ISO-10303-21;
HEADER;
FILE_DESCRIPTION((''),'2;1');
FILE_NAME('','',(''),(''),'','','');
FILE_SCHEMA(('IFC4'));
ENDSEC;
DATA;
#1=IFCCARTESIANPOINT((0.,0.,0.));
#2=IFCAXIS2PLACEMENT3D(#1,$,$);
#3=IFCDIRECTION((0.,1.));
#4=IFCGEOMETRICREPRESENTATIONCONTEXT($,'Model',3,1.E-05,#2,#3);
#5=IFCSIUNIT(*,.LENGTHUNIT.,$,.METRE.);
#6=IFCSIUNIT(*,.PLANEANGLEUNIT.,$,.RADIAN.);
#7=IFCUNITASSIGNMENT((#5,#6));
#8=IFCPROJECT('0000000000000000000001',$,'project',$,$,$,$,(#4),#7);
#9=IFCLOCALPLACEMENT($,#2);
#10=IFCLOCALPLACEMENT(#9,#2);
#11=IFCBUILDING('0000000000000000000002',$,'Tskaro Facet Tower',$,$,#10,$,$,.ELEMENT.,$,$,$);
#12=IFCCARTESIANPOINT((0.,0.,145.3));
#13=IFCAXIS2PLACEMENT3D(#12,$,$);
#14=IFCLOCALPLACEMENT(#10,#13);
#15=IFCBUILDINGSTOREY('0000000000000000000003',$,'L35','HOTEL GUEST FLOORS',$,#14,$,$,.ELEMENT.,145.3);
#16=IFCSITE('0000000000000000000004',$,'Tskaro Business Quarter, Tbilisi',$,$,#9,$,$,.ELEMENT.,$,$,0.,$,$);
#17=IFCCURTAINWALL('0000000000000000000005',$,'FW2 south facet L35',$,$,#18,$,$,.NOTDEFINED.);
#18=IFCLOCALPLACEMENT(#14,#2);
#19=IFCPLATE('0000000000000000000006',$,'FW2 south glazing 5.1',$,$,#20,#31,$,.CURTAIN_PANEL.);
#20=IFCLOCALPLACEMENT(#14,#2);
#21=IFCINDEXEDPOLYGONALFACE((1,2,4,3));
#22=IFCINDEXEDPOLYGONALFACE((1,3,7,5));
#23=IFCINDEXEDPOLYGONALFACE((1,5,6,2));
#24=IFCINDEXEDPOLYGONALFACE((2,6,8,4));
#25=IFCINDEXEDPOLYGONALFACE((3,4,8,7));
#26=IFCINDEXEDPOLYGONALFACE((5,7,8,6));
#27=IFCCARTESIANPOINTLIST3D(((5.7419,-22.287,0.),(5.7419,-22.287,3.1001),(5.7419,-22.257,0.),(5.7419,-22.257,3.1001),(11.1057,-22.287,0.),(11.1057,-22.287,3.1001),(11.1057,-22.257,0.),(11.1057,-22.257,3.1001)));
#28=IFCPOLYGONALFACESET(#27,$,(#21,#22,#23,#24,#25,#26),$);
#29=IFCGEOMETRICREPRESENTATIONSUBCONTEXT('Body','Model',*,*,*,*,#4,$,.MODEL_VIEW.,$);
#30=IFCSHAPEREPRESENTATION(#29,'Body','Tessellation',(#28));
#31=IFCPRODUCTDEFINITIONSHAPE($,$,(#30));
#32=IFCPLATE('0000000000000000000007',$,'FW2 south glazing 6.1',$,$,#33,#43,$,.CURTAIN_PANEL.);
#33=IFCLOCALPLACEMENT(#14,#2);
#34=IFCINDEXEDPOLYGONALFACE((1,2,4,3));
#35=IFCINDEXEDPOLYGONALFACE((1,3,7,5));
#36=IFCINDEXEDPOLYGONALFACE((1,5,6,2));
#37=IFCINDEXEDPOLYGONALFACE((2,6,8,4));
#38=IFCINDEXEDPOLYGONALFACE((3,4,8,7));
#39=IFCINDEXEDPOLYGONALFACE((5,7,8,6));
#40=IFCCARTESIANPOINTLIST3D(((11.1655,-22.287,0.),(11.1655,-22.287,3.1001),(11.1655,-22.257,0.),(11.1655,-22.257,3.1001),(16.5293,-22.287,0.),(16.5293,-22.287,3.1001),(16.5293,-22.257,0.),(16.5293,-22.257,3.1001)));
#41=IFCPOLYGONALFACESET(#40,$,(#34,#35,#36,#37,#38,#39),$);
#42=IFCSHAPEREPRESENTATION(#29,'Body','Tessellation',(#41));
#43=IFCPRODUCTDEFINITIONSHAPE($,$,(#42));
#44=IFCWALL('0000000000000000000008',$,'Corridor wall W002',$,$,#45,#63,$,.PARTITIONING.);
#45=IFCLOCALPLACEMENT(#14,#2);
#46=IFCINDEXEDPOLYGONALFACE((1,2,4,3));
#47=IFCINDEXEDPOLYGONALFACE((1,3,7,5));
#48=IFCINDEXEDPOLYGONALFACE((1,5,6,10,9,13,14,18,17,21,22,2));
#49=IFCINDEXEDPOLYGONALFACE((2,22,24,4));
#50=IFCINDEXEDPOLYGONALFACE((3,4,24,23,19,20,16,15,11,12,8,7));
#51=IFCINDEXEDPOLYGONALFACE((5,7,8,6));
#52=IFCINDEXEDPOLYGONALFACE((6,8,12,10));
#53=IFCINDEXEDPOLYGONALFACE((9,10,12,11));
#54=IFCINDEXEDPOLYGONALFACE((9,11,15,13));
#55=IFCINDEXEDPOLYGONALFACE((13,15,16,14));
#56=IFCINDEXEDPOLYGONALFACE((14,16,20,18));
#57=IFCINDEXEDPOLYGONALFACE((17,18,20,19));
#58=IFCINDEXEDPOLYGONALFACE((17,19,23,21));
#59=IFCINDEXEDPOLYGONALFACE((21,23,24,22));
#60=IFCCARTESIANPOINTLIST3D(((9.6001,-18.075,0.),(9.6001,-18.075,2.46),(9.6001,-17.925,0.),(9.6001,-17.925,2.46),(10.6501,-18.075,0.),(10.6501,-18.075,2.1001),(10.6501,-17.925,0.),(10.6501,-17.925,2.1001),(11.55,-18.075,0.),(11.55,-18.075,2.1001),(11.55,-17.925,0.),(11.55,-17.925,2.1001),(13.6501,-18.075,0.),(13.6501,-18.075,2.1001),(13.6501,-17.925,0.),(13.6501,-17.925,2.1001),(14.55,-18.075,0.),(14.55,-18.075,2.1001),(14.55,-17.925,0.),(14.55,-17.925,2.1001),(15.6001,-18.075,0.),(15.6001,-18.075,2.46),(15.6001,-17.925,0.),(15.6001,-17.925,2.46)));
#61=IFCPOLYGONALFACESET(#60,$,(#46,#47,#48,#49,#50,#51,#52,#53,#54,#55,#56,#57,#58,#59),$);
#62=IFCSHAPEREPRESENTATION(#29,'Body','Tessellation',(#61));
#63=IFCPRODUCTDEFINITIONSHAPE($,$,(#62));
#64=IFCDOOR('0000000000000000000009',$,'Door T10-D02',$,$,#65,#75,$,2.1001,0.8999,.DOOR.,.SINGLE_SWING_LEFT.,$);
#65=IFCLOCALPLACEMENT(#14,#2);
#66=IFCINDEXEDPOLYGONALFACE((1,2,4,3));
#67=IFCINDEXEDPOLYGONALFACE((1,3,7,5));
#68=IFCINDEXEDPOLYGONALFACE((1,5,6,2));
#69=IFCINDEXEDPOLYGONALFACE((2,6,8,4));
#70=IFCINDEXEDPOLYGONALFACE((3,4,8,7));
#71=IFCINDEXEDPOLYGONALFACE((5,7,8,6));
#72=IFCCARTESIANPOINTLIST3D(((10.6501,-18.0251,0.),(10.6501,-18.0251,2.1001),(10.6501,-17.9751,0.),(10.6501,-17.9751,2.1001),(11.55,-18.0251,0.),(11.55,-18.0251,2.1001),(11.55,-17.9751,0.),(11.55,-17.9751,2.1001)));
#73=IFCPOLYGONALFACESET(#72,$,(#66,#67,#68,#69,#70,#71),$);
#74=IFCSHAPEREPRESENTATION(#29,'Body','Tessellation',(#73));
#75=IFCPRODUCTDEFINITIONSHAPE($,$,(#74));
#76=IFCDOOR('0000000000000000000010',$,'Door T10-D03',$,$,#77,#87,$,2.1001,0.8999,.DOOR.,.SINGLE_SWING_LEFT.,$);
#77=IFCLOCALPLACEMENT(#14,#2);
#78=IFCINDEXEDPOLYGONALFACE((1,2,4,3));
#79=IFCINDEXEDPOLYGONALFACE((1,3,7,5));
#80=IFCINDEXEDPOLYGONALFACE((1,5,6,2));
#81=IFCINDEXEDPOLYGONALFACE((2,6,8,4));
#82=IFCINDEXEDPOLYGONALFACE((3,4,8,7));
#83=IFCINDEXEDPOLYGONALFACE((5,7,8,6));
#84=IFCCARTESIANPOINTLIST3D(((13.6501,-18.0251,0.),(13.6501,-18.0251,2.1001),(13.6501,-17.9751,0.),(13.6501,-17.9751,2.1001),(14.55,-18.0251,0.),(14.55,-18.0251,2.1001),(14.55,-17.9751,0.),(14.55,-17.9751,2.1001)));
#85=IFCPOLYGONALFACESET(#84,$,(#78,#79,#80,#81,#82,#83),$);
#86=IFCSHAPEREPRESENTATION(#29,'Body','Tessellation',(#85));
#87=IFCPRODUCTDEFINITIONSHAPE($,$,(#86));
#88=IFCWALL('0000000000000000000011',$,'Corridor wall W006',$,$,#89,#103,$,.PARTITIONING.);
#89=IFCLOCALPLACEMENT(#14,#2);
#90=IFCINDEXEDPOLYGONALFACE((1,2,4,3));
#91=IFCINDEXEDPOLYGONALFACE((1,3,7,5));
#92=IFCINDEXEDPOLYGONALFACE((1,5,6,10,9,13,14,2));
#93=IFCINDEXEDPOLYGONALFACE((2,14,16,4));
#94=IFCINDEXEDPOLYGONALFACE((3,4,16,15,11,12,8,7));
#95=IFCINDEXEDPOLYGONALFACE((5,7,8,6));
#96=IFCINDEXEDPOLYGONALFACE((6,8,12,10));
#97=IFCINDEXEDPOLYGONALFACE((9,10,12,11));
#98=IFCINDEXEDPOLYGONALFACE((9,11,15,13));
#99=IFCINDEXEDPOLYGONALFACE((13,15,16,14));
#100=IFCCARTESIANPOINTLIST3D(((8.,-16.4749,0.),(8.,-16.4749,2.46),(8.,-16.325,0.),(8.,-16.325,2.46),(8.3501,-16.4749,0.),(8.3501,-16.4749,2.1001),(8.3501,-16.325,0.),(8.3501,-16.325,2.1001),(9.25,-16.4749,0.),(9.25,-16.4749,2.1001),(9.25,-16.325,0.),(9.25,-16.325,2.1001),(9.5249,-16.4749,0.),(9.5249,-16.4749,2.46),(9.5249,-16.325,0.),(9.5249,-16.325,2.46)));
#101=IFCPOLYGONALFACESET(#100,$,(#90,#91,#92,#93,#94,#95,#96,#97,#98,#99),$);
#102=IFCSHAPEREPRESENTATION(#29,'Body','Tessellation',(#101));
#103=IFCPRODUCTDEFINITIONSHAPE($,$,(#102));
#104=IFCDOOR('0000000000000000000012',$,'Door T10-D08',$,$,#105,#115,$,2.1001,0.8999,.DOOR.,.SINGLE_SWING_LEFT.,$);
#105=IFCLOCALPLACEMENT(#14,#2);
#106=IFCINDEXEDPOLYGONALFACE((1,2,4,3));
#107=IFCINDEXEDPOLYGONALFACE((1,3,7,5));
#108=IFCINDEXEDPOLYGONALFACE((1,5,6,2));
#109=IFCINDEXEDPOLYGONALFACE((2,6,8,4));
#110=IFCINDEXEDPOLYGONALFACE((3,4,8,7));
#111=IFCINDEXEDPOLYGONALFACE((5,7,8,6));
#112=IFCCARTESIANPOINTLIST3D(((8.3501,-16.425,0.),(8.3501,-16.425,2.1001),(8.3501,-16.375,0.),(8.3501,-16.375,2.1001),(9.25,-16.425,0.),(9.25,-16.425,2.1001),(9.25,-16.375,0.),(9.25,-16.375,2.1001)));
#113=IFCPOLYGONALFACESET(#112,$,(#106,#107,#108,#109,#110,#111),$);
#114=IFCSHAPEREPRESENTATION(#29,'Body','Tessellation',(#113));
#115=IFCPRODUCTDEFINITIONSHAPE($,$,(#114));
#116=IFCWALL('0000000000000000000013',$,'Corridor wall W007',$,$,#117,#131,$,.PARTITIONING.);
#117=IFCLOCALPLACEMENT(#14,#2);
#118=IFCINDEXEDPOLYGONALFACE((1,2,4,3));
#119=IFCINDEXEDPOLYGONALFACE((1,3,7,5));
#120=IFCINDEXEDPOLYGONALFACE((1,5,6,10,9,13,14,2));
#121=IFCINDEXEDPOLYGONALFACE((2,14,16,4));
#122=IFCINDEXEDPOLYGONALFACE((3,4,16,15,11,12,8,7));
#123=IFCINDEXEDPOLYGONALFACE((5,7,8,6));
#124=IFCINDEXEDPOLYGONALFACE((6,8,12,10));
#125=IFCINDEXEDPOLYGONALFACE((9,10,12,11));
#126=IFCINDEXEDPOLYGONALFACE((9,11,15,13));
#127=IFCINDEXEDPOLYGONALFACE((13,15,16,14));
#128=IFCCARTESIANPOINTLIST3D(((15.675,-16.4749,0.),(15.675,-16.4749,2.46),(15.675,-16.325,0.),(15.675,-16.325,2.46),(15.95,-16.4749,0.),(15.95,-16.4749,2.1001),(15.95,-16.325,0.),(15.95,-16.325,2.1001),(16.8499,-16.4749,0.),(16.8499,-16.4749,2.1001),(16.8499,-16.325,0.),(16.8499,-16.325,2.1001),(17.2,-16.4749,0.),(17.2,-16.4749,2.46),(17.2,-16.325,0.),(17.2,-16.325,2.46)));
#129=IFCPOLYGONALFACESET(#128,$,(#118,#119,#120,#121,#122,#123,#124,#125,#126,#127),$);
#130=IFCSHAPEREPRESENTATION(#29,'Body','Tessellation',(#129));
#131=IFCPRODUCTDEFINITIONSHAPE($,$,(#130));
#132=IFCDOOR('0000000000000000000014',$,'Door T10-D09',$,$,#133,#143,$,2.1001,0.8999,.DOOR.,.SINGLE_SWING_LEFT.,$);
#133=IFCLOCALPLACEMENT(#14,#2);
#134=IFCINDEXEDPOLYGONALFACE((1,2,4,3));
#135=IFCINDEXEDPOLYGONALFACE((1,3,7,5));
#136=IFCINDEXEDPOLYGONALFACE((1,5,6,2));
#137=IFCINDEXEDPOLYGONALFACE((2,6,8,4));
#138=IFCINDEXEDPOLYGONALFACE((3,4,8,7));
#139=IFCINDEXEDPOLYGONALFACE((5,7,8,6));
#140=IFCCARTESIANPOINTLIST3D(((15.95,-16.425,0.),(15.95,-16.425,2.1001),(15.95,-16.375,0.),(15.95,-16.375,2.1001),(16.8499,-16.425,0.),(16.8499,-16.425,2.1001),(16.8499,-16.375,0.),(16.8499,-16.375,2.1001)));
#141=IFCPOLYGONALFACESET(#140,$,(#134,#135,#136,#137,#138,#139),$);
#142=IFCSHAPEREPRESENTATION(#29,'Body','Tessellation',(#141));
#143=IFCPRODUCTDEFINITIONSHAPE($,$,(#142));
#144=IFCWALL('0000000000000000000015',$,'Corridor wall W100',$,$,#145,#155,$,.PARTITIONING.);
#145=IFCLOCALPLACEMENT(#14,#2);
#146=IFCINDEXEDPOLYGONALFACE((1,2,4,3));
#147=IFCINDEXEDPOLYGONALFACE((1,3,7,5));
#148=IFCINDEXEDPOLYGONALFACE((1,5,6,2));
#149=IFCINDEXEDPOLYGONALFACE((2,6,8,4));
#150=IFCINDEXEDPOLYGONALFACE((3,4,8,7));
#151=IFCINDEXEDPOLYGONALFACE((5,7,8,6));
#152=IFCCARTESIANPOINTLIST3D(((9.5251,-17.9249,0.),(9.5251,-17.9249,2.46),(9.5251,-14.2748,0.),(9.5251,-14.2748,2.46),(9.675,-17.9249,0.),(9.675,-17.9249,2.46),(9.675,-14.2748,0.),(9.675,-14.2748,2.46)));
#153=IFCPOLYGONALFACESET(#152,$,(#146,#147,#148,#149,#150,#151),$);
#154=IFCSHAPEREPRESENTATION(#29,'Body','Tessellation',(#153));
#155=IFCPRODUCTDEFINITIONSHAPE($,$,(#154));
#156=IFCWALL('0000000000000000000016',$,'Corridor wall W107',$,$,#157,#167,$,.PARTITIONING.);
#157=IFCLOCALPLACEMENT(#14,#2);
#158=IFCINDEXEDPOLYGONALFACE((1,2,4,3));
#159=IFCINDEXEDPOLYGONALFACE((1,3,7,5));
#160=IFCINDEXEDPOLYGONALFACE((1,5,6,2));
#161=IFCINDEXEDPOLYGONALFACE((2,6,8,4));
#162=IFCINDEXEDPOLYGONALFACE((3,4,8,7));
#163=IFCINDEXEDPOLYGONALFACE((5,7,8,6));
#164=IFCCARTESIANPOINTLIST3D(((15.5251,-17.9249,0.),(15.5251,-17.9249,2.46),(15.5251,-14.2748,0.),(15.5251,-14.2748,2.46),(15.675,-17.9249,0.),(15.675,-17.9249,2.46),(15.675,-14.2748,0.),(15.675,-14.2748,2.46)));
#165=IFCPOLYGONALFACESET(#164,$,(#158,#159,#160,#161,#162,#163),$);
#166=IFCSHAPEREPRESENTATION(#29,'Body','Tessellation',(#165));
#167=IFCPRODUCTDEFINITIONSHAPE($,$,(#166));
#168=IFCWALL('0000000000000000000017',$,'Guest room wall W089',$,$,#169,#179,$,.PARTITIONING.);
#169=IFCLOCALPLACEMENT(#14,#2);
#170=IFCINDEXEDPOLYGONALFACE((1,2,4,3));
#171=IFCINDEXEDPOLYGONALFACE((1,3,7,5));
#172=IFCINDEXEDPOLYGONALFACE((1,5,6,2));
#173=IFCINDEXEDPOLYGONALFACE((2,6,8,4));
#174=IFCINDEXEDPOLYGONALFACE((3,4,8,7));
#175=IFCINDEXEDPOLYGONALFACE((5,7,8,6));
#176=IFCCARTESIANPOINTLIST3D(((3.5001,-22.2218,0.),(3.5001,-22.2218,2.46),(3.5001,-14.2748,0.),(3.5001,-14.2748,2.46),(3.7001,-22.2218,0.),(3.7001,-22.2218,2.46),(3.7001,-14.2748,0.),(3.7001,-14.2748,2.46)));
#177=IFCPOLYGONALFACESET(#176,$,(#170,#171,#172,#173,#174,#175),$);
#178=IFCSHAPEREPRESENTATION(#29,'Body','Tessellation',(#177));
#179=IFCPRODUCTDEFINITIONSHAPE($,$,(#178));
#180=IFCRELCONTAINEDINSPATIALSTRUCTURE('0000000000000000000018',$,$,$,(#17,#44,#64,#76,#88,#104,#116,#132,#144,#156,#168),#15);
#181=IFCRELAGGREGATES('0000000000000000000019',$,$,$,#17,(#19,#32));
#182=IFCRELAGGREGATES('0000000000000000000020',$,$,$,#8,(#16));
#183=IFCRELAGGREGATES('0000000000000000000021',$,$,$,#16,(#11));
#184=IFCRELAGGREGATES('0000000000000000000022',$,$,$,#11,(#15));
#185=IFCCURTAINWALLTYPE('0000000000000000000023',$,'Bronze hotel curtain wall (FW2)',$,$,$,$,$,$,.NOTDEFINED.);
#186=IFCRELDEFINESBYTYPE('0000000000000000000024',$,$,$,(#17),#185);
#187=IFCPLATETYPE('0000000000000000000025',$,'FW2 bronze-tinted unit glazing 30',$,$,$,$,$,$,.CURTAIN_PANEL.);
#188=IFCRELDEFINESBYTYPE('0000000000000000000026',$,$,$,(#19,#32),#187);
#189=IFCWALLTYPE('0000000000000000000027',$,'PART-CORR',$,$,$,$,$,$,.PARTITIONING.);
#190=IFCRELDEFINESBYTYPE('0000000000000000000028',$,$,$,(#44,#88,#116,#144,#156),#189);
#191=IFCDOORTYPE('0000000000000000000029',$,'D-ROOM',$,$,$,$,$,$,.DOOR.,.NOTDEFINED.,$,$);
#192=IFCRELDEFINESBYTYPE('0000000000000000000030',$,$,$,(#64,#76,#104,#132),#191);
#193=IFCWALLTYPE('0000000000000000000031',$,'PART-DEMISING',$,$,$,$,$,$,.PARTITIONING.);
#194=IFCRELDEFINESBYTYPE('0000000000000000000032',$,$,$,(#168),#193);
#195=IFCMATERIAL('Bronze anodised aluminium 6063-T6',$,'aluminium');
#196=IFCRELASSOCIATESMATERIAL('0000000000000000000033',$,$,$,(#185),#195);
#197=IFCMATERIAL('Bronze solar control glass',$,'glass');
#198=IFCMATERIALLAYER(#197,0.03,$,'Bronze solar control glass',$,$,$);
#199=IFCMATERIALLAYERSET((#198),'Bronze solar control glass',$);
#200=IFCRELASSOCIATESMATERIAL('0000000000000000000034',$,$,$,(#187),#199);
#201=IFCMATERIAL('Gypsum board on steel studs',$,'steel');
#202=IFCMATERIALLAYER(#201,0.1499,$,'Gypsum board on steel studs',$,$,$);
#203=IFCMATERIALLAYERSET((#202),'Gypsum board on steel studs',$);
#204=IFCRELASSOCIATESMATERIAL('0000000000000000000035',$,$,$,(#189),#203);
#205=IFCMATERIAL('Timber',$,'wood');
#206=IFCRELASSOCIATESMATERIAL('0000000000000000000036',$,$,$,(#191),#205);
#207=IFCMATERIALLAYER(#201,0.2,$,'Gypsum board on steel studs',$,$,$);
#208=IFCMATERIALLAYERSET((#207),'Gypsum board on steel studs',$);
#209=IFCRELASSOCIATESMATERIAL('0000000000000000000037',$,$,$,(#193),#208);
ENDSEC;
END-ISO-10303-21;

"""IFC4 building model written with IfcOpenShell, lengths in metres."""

from ifc_helpers import new_model, si_unit, direction, frame, frame_2d, origin, origin_2d, place, context, subcontext, project, spatial, rectangle, extrude, material, layer, layer_set, type_object, element, fill, aggregate, save


model = new_model("IFC4")

# Units and contexts
model_context = context("Model", 3, precision=1e-05, world=origin(), true_north=direction((0.0, 1.0)))
body_context = subcontext(model_context, "Body", "Model", "MODEL_VIEW")
ifc_project = project(units=[si_unit("LENGTHUNIT", "METRE"), si_unit("PLANEANGLEUNIT", "RADIAN")], contexts=[model_context])

# Site, building, storey
site_placement = place(None, origin())
site = spatial("IfcSite", under=ifc_project, at=site_placement, Name="Tskaro Business Quarter, Tbilisi", CompositionType="ELEMENT", RefElevation=0.0)
building_placement = place(site_placement, origin())
building = spatial("IfcBuilding", under=site, at=building_placement, Name="Tskaro Facet Tower", CompositionType="ELEMENT")
storey_placement = place(building_placement, frame((0.0, 0.0, 145.3)))
storey = spatial("IfcBuildingStorey", under=building, at=storey_placement, Name="L35", Description="HOTEL GUEST FLOORS", CompositionType="ELEMENT", Elevation=145.3)

# Curtain wall
ifc_material_1 = material(Name="Bronze anodised aluminium 6063-T6", Category="aluminium")
curtain_wall_type = type_object("IfcCurtainWallType", Name="Bronze hotel curtain wall (FW2)", PredefinedType="NOTDEFINED", material=ifc_material_1)
curtain_wall_placement = place(storey_placement, origin())
curtain_wall = element("IfcCurtainWall", 1, at=curtain_wall_placement, inside=storey, type_object=curtain_wall_type, Name="FW2 south facet L35", PredefinedType="NOTDEFINED")

# Plates
ifc_material_2 = material(Name="Bronze solar control glass", Category="glass")
ifc_layer_1 = layer(ifc_material_2, 0.03, Name="Bronze solar control glass")
ifc_layer_set_1 = layer_set([ifc_layer_1], Name="Bronze solar control glass")
plate_type = type_object("IfcPlateType", Name="FW2 bronze-tinted unit glazing 30", PredefinedType="CURTAIN_PANEL", material=ifc_layer_set_1)
plate_1_placement = place(storey_placement, frame((8.4238, -22.272, 0.0), z_axis=(0.0, 0.0, 1.0), x_axis=(1.0, 0.0, 0.0)))
plate_1 = element("IfcPlate", 2, at=plate_1_placement, type_object=plate_type, Name="FW2 south glazing 5.1", PredefinedType="CURTAIN_PANEL", context=body_context, shape_type="SweptSolid", body=[
    extrude(rectangle(XDim=5.3638, YDim=0.03, at=origin_2d()), origin(), (0.0, 0.0, 1.0), 3.1001),
])
plate_2_placement = place(storey_placement, frame((13.8474, -22.272, 0.0), z_axis=(0.0, 0.0, 1.0), x_axis=(1.0, 0.0, 0.0)))
plate_2 = element("IfcPlate", 3, at=plate_2_placement, type_object=plate_type, Name="FW2 south glazing 6.1", PredefinedType="CURTAIN_PANEL", context=body_context, shape_type="SweptSolid", body=[
    extrude(rectangle(XDim=5.3638, YDim=0.03, at=origin_2d()), origin(), (0.0, 0.0, 1.0), 3.1001),
])
aggregate(curtain_wall, [plate_1, plate_2])

# Wall, openings, doors
ifc_material_3 = material(Name="Gypsum board on steel studs", Category="steel")
ifc_layer_2 = layer(ifc_material_3, 0.1499, Name="Gypsum board on steel studs")
ifc_layer_set_2 = layer_set([ifc_layer_2], Name="Gypsum board on steel studs")
wall_type_1 = type_object("IfcWallType", Name="PART-CORR", PredefinedType="PARTITIONING", material=ifc_layer_set_2)
wall_1_placement = place(storey_placement, frame((9.6001, -18.0, 0.0), z_axis=(0.0, 0.0, 1.0), x_axis=(1.0, 0.0, 0.0)))
wall_1 = element("IfcWall", 4, at=wall_1_placement, inside=storey, type_object=wall_type_1, Name="Corridor wall W002", PredefinedType="PARTITIONING", context=body_context, shape_type="SweptSolid", body=[
    extrude(rectangle(XDim=6.0, YDim=0.1499, at=frame_2d((3.0, 0.0))), origin(), (0.0, 0.0, 1.0), 2.46),
])
opening_1_placement = place(wall_1_placement, frame((1.05, 0.0, 0.0)))
opening_1 = element("IfcOpeningElement", 5, at=opening_1_placement, cuts=wall_1, PredefinedType="OPENING", context=body_context, shape_type="SweptSolid", body=[
    extrude(rectangle(XDim=0.8999, YDim=2.1001, at=frame_2d((0.45, 1.05))), frame((0.0, 0.085, 0.0), z_axis=(0.0, -1.0, 0.0), x_axis=(1.0, 0.0, 0.0)), (0.0, 0.0, 1.0), 0.1699),
])
opening_2_placement = place(wall_1_placement, frame((4.05, 0.0, 0.0)))
opening_2 = element("IfcOpeningElement", 6, at=opening_2_placement, cuts=wall_1, PredefinedType="OPENING", context=body_context, shape_type="SweptSolid", body=[
    extrude(rectangle(XDim=0.8999, YDim=2.1001, at=frame_2d((0.45, 1.05))), frame((0.0, 0.085, 0.0), z_axis=(0.0, -1.0, 0.0), x_axis=(1.0, 0.0, 0.0)), (0.0, 0.0, 1.0), 0.1699),
])
ifc_material_4 = material(Name="Timber", Category="wood")
door_type = type_object("IfcDoorType", Name="D-ROOM", OperationType="NOTDEFINED", PredefinedType="DOOR", material=ifc_material_4)
door_1_placement = place(opening_1_placement, origin())
door_1 = element("IfcDoor", 7, at=door_1_placement, inside=storey, type_object=door_type, Name="Door T10-D02", OperationType="SINGLE_SWING_LEFT", OverallHeight=2.1001, OverallWidth=0.8999, PredefinedType="DOOR", context=body_context, shape_type="SweptSolid", body=[
    extrude(rectangle(XDim=0.8999, YDim=2.1001, at=frame_2d((0.45, 1.05))), frame((0.0, 0.0249, 0.0), z_axis=(0.0, -1.0, 0.0), x_axis=(1.0, 0.0, 0.0)), (0.0, 0.0, 1.0), 0.05),
])
fill(opening_1, door_1)
door_2_placement = place(opening_2_placement, origin())
door_2 = element("IfcDoor", 8, at=door_2_placement, inside=storey, type_object=door_type, Name="Door T10-D03", OperationType="SINGLE_SWING_LEFT", OverallHeight=2.1001, OverallWidth=0.8999, PredefinedType="DOOR", context=body_context, shape_type="SweptSolid", body=[
    extrude(rectangle(XDim=0.8999, YDim=2.1001, at=frame_2d((0.45, 1.05))), frame((0.0, 0.0249, 0.0), z_axis=(0.0, -1.0, 0.0), x_axis=(1.0, 0.0, 0.0)), (0.0, 0.0, 1.0), 0.05),
])
fill(opening_2, door_2)

# Walls, openings, doors
wall_2_placement = place(storey_placement, frame((8.0, -16.3999, 0.0), z_axis=(0.0, 0.0, 1.0), x_axis=(1.0, 0.0, 0.0)))
wall_2 = element("IfcWall", 9, at=wall_2_placement, inside=storey, type_object=wall_type_1, Name="Corridor wall W006", PredefinedType="PARTITIONING", context=body_context, shape_type="SweptSolid", body=[
    extrude(rectangle(XDim=1.5249, YDim=0.1499, at=frame_2d((0.7625, 0.0))), origin(), (0.0, 0.0, 1.0), 2.46),
])
opening_3_placement = place(wall_2_placement, frame((0.3501, 0.0, 0.0)))
opening_3 = element("IfcOpeningElement", 10, at=opening_3_placement, cuts=wall_2, PredefinedType="OPENING", context=body_context, shape_type="SweptSolid", body=[
    extrude(rectangle(XDim=0.8999, YDim=2.1001, at=frame_2d((0.45, 1.05))), frame((0.0, 0.085, 0.0), z_axis=(0.0, -1.0, 0.0), x_axis=(1.0, 0.0, 0.0)), (0.0, 0.0, 1.0), 0.1699),
])
door_3_placement = place(opening_3_placement, origin())
door_3 = element("IfcDoor", 11, at=door_3_placement, inside=storey, type_object=door_type, Name="Door T10-D08", OperationType="SINGLE_SWING_LEFT", OverallHeight=2.1001, OverallWidth=0.8999, PredefinedType="DOOR", context=body_context, shape_type="SweptSolid", body=[
    extrude(rectangle(XDim=0.8999, YDim=2.1001, at=frame_2d((0.45, 1.05))), frame((0.0, 0.0249, 0.0), z_axis=(0.0, -1.0, 0.0), x_axis=(1.0, 0.0, 0.0)), (0.0, 0.0, 1.0), 0.05),
])
fill(opening_3, door_3)
wall_3_placement = place(storey_placement, frame((15.675, -16.3999, 0.0), z_axis=(0.0, 0.0, 1.0), x_axis=(1.0, 0.0, 0.0)))
wall_3 = element("IfcWall", 12, at=wall_3_placement, inside=storey, type_object=wall_type_1, Name="Corridor wall W007", PredefinedType="PARTITIONING", context=body_context, shape_type="SweptSolid", body=[
    extrude(rectangle(XDim=1.5249, YDim=0.1499, at=frame_2d((0.7625, 0.0))), origin(), (0.0, 0.0, 1.0), 2.46),
])
opening_4_placement = place(wall_3_placement, frame((0.2749, 0.0, 0.0)))
opening_4 = element("IfcOpeningElement", 13, at=opening_4_placement, cuts=wall_3, PredefinedType="OPENING", context=body_context, shape_type="SweptSolid", body=[
    extrude(rectangle(XDim=0.8999, YDim=2.1001, at=frame_2d((0.45, 1.05))), frame((0.0, 0.085, 0.0), z_axis=(0.0, -1.0, 0.0), x_axis=(1.0, 0.0, 0.0)), (0.0, 0.0, 1.0), 0.1699),
])
door_4_placement = place(opening_4_placement, origin())
door_4 = element("IfcDoor", 14, at=door_4_placement, inside=storey, type_object=door_type, Name="Door T10-D09", OperationType="SINGLE_SWING_LEFT", OverallHeight=2.1001, OverallWidth=0.8999, PredefinedType="DOOR", context=body_context, shape_type="SweptSolid", body=[
    extrude(rectangle(XDim=0.8999, YDim=2.1001, at=frame_2d((0.45, 1.05))), frame((0.0, 0.0249, 0.0), z_axis=(0.0, -1.0, 0.0), x_axis=(1.0, 0.0, 0.0)), (0.0, 0.0, 1.0), 0.05),
])
fill(opening_4, door_4)

# Walls
for number, where, z_axis, x_axis, name in (
    (15, (9.6001, -17.925, 0.0), (0.0, 0.0, 1.0), (0.0, 1.0, 0.0), "Corridor wall W100"),
    (16, (15.6001, -17.925, 0.0), (0.0, 0.0, 1.0), (0.0, 1.0, 0.0), "Corridor wall W107"),
):
    element("IfcWall", number, at=place(storey_placement, frame(where, z_axis=z_axis, x_axis=x_axis)), inside=storey, type_object=wall_type_1, Name=name, PredefinedType="PARTITIONING", context=body_context, shape_type="SweptSolid", body=[
        extrude(rectangle(XDim=3.6501, YDim=0.1499, at=frame_2d((1.8252, 0.0))), origin(), (0.0, 0.0, 1.0), 2.46),
    ])
ifc_layer_3 = layer(ifc_material_3, 0.2, Name="Gypsum board on steel studs")
ifc_layer_set_3 = layer_set([ifc_layer_3], Name="Gypsum board on steel studs")
wall_type_2 = type_object("IfcWallType", Name="PART-DEMISING", PredefinedType="PARTITIONING", material=ifc_layer_set_3)
for number, where, z_axis, x_axis, name in (
    (17, (3.6001, -22.2219, 0.0), (0.0, 0.0, 1.0), (0.0, 1.0, 0.0), "Guest room wall W089"),
):
    element("IfcWall", number, at=place(storey_placement, frame(where, z_axis=z_axis, x_axis=x_axis)), inside=storey, type_object=wall_type_2, Name=name, PredefinedType="PARTITIONING", context=body_context, shape_type="SweptSolid", body=[
        extrude(rectangle(XDim=7.947, YDim=0.2, at=frame_2d((3.9736, 0.0))), origin(), (0.0, 0.0, 1.0), 2.46),
    ])

save(model, "model.ifc")
